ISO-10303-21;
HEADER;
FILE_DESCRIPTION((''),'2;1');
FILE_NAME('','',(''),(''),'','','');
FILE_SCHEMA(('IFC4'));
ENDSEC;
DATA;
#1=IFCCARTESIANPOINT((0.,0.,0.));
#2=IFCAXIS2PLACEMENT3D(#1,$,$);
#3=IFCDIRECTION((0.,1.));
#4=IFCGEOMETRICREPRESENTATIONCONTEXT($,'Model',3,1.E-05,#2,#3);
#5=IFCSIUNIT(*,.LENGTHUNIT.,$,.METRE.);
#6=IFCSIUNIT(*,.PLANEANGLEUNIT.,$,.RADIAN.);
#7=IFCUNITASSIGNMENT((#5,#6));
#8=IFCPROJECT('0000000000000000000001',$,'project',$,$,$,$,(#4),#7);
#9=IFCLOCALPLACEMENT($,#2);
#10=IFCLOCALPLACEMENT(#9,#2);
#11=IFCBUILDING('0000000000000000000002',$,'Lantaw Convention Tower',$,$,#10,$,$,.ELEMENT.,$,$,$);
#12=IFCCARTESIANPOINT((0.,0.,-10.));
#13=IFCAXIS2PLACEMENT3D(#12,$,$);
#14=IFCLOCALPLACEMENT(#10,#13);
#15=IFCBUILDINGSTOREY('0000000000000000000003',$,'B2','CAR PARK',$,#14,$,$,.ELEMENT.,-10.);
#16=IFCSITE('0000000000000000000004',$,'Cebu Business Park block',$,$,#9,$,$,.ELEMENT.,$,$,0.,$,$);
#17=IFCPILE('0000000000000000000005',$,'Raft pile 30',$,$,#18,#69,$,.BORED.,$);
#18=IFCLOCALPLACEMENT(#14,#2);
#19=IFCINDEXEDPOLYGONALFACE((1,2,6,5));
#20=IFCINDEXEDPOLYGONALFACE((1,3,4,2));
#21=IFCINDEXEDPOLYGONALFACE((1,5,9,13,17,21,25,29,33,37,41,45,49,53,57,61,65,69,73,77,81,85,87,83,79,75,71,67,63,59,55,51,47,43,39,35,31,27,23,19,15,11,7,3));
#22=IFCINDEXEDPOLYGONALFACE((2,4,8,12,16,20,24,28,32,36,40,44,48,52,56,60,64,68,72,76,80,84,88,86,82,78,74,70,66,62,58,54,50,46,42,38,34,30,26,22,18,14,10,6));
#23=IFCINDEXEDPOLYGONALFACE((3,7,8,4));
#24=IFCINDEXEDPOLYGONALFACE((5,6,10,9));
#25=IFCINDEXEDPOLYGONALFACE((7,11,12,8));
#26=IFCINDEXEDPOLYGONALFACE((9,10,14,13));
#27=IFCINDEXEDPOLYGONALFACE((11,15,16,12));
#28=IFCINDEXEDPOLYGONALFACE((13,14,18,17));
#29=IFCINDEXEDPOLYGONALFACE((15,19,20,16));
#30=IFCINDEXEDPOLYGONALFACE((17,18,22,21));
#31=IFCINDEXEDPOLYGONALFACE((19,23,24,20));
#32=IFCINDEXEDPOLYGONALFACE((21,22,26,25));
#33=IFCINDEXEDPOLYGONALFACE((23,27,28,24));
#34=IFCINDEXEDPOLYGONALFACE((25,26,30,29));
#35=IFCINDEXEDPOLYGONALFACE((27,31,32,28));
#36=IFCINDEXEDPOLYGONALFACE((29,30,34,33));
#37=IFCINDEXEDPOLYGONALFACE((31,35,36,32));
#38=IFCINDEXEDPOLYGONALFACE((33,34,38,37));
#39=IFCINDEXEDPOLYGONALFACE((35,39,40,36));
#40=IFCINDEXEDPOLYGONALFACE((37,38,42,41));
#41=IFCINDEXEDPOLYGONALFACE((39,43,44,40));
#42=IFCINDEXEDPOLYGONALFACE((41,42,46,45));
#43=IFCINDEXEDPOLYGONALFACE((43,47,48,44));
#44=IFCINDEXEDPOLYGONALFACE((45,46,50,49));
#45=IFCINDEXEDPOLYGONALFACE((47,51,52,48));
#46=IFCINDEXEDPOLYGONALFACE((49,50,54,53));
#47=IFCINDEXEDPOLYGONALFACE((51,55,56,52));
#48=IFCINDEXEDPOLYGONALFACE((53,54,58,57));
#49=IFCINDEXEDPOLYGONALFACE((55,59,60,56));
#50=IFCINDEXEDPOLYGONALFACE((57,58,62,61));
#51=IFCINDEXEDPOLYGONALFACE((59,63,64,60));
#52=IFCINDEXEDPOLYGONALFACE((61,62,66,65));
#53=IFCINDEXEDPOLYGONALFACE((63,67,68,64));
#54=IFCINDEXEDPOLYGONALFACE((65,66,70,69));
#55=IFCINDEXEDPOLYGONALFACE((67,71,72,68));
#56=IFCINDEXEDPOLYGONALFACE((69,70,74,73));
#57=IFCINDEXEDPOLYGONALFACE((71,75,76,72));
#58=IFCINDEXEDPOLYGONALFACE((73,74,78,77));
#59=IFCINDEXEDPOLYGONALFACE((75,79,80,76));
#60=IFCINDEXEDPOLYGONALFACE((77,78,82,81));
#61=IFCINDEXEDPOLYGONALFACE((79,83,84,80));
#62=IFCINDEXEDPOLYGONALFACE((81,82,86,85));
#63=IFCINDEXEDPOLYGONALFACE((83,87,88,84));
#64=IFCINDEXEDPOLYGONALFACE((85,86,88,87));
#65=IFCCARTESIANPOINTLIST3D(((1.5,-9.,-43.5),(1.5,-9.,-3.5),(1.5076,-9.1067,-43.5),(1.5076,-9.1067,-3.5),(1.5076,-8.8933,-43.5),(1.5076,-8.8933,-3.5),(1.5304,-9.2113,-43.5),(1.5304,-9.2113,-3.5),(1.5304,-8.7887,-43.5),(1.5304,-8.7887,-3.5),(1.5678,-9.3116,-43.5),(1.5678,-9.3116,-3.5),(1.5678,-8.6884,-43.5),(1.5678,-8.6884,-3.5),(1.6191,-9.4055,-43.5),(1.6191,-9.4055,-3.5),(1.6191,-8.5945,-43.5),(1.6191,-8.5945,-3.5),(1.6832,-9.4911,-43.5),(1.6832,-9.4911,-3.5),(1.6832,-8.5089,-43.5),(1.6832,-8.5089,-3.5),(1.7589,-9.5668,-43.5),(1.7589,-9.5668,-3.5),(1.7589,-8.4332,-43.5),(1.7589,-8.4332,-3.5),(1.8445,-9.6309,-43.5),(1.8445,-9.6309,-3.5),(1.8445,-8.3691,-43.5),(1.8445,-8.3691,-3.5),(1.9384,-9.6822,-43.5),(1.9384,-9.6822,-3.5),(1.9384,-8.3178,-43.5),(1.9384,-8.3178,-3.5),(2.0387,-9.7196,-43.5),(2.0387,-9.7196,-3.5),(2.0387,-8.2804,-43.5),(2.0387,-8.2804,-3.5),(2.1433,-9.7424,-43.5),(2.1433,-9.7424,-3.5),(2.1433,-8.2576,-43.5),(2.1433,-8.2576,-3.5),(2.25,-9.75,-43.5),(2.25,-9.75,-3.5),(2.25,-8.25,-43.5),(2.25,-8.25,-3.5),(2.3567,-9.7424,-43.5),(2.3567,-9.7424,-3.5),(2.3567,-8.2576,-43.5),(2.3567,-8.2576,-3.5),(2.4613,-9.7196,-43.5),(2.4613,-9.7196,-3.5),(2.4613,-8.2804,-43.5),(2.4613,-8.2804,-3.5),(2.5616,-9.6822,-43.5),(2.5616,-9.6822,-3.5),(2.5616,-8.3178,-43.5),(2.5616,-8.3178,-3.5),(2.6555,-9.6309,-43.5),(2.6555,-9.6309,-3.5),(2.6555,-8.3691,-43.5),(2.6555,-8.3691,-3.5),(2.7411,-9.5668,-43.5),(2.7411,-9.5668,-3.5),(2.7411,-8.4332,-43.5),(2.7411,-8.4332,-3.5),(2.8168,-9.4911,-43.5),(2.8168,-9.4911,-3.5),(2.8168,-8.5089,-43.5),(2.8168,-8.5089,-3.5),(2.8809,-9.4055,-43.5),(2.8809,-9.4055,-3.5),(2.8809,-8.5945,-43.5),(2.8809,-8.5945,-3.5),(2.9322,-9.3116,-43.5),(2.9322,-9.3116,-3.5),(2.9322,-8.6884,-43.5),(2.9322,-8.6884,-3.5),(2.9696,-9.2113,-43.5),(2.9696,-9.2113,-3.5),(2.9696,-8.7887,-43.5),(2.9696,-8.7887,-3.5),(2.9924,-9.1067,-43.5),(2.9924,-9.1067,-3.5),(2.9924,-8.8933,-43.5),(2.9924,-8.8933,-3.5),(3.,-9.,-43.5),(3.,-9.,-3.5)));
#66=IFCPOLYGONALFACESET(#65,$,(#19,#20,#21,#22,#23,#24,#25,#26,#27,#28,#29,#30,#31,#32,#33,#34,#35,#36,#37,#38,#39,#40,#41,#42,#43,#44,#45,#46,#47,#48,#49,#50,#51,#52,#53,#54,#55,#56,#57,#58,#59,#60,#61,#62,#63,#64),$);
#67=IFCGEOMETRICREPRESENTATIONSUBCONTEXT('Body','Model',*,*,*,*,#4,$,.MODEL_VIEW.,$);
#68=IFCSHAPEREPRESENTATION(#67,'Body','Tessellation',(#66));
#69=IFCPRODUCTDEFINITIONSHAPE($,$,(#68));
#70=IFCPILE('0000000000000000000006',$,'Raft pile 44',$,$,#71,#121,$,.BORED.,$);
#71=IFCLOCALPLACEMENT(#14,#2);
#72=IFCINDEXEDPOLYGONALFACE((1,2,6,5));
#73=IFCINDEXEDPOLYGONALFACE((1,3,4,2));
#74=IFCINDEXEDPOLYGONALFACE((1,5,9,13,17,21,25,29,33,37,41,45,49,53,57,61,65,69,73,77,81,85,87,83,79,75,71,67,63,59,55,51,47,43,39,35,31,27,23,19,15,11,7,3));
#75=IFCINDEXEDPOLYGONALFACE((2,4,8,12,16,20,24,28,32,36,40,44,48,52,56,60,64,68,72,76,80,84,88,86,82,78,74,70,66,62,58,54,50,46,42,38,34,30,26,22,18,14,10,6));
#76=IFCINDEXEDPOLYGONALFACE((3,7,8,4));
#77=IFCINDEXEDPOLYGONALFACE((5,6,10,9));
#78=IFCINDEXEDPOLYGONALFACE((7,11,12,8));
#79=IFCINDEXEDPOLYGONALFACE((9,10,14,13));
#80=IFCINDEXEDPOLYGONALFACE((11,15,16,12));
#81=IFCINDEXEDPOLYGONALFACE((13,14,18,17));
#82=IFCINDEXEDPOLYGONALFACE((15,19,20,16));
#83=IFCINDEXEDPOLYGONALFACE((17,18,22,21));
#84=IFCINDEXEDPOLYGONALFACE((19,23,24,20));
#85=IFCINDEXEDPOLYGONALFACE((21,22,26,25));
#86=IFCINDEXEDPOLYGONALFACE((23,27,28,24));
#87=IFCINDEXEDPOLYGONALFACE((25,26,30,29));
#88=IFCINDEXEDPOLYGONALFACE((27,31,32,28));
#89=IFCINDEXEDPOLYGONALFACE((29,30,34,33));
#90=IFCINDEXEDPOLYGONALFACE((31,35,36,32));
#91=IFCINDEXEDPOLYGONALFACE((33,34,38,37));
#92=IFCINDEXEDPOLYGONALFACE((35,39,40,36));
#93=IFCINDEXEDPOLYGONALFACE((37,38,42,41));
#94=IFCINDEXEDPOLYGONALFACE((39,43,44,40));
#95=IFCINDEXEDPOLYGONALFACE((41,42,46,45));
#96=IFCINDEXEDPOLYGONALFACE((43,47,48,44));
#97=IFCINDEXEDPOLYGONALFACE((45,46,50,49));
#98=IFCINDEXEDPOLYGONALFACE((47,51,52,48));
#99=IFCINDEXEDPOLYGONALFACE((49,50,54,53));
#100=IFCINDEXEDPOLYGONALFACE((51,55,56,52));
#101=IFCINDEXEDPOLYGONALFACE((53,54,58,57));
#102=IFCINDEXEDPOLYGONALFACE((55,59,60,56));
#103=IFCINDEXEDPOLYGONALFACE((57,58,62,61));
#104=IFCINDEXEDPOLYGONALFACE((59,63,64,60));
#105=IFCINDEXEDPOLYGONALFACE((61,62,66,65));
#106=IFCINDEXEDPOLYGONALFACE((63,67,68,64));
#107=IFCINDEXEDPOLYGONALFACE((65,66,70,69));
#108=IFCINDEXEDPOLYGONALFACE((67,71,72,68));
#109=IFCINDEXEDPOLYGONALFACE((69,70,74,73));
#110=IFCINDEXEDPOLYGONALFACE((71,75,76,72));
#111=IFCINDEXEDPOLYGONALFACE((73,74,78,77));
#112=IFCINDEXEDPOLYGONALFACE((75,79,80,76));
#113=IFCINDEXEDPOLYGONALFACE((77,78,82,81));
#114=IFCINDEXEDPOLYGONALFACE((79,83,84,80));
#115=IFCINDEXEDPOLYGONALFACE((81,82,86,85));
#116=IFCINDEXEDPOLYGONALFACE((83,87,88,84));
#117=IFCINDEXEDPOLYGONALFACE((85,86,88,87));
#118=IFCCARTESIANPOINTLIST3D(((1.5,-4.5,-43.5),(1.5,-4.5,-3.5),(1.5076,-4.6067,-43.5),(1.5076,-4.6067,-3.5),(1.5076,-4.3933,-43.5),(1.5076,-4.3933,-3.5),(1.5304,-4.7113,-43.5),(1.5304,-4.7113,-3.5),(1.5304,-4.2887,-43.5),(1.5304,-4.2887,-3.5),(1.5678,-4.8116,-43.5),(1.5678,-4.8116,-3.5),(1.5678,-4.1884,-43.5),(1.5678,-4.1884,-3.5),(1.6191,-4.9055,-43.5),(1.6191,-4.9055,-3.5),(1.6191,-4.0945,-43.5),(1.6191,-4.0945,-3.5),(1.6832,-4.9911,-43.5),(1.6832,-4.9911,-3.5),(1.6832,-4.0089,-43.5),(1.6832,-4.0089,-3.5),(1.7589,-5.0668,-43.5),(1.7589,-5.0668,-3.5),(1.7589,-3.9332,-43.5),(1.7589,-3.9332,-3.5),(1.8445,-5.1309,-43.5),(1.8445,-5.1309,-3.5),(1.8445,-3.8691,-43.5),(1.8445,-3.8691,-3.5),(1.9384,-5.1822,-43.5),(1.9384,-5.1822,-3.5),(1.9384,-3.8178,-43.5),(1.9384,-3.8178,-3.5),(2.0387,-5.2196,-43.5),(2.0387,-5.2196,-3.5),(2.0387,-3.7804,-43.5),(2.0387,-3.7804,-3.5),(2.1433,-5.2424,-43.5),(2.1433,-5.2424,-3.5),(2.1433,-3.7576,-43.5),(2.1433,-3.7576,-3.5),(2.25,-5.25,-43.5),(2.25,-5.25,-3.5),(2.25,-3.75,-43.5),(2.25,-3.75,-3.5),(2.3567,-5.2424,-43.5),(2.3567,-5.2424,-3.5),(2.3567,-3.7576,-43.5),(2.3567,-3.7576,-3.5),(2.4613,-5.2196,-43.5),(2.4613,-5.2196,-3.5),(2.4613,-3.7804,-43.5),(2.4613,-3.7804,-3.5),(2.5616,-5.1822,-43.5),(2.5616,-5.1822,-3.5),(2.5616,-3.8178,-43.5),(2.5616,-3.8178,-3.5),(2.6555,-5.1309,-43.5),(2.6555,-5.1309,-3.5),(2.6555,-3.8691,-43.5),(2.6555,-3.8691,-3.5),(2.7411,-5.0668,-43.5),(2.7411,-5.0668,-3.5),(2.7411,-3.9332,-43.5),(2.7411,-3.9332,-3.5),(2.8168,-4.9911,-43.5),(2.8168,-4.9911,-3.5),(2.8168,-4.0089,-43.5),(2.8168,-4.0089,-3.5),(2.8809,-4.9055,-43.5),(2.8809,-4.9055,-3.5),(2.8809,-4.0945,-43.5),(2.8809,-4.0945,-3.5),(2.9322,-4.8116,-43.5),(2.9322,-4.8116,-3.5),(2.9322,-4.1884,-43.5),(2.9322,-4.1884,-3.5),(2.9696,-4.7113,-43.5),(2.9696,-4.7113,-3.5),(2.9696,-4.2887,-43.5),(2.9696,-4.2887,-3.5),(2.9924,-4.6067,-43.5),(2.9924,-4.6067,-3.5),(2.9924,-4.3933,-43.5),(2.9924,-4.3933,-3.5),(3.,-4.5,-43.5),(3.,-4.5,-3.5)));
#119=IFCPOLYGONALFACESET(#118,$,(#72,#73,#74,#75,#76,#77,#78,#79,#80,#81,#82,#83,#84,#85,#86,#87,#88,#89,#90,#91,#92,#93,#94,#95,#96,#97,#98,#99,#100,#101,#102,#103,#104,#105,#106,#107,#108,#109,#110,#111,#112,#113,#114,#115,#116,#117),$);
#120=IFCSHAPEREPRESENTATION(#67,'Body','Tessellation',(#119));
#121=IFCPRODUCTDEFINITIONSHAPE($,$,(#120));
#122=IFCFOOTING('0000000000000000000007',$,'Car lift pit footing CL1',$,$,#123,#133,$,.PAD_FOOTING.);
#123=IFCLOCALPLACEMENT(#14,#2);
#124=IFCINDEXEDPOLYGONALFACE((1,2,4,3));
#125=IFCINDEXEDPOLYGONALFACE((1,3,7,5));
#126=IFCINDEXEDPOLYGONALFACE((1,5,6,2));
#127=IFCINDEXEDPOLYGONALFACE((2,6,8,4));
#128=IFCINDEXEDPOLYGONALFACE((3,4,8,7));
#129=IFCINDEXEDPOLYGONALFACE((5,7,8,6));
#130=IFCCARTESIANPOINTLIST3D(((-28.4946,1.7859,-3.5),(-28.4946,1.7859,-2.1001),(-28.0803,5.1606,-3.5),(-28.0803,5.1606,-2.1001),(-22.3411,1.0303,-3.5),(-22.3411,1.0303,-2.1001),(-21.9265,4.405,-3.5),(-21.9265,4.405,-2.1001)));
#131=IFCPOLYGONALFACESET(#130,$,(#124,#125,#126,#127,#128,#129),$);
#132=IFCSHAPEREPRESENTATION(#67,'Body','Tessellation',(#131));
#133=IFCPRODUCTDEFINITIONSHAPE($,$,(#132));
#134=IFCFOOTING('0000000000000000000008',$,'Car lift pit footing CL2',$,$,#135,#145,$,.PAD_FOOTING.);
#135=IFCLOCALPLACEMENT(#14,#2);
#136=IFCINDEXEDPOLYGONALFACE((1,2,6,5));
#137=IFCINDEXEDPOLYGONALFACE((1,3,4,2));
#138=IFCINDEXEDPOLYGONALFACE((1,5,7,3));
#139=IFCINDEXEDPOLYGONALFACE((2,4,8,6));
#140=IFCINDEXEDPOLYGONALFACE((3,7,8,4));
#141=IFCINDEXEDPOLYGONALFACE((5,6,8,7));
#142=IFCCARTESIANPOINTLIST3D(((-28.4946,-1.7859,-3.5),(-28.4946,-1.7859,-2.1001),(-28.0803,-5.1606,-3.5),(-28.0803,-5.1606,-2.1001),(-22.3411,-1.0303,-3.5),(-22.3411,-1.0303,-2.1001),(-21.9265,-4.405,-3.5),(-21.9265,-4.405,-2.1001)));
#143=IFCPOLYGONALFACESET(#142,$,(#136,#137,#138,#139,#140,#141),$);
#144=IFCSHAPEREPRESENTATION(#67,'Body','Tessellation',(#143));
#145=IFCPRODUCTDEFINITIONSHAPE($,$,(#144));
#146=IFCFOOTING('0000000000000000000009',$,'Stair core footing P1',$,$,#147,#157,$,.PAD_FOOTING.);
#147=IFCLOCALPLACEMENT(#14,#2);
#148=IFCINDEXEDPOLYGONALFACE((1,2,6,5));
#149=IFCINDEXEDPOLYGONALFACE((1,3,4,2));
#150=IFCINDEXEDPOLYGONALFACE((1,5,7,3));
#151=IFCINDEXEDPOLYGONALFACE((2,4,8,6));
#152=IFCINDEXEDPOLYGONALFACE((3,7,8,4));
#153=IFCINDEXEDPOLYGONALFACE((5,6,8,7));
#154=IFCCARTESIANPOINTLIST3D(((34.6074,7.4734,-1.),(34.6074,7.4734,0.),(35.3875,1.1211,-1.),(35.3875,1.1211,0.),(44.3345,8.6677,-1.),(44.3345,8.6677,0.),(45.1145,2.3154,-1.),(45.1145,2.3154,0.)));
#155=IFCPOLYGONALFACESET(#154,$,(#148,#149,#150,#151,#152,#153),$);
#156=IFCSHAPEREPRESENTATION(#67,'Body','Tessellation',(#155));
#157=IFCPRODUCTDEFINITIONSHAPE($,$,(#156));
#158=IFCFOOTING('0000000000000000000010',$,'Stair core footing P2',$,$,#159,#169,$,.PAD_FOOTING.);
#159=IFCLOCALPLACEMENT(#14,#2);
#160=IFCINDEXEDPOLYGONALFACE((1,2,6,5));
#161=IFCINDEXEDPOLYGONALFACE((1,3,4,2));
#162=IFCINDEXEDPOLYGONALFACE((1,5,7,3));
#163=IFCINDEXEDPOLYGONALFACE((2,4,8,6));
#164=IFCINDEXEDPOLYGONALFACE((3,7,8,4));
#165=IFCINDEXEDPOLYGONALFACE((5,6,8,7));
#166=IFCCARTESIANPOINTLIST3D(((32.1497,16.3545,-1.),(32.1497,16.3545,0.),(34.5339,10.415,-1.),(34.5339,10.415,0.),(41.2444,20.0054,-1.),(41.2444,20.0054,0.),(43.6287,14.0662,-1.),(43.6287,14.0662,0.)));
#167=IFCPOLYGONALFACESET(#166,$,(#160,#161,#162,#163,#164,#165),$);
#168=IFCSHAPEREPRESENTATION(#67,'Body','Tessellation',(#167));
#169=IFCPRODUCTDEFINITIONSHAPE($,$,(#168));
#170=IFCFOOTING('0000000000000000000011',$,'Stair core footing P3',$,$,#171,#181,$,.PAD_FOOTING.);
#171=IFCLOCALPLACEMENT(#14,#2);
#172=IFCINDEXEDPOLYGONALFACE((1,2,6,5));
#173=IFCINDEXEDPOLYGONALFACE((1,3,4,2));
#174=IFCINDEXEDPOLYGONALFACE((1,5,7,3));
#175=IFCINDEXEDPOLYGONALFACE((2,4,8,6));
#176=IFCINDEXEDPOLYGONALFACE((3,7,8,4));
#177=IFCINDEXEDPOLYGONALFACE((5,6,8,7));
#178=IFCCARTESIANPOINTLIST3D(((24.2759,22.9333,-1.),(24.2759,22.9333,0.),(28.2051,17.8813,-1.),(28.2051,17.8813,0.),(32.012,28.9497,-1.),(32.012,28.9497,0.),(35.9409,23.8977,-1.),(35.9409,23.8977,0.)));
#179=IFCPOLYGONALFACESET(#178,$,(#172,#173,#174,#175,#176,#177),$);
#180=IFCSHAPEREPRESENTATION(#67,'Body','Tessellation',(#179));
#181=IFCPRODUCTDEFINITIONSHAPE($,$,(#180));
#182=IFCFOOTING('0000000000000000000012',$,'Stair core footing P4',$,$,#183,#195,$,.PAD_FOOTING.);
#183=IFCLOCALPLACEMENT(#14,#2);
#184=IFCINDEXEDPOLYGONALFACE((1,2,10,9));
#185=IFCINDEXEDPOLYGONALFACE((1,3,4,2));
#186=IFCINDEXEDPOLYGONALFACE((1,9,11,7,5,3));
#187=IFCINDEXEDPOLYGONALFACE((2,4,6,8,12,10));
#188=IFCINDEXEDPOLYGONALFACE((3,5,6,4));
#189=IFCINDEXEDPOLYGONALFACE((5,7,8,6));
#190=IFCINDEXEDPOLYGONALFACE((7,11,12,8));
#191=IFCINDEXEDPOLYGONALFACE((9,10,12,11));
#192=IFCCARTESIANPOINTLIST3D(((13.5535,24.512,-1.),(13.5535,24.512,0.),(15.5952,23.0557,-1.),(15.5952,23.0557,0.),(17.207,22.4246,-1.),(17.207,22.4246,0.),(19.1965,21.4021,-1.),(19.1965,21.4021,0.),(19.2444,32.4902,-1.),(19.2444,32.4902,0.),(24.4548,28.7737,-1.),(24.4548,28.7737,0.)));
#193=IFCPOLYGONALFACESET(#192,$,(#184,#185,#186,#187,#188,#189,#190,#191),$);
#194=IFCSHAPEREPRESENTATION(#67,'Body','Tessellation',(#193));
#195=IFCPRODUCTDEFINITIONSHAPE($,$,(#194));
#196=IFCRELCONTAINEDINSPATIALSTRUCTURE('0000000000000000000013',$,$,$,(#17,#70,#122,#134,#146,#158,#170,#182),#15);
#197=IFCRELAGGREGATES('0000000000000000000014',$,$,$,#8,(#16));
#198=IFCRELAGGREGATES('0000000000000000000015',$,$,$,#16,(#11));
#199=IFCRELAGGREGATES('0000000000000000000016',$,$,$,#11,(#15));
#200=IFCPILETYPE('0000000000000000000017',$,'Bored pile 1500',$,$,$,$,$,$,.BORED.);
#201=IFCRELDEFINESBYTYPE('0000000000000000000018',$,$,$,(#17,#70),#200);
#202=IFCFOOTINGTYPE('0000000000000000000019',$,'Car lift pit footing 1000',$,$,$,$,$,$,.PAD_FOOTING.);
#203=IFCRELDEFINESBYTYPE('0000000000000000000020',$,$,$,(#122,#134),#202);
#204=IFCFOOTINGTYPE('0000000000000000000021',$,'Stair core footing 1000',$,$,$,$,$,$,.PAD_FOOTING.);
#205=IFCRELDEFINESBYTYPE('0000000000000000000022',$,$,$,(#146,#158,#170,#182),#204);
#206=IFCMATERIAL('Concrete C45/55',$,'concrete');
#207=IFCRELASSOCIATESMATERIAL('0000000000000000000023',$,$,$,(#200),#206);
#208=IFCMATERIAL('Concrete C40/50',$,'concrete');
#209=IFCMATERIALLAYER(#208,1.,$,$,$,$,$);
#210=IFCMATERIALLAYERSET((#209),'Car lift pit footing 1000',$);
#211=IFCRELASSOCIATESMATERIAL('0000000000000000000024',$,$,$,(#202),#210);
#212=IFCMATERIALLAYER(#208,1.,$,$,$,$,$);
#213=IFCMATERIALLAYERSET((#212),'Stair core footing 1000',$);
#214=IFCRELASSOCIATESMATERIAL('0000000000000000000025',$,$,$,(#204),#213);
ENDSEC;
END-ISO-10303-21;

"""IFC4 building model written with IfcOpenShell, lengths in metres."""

from ifc_helpers import new_model, si_unit, direction, frame, origin, origin_2d, place, context, subcontext, project, spatial, polyline, circle, outline, extrude, material, layer, layer_set, material_profile, profile_set, type_object, element, save


model = new_model("IFC4")

# Units and contexts
model_context = context("Model", 3, precision=1e-05, world=origin(), true_north=direction((0.0, 1.0)))
body_context = subcontext(model_context, "Body", "Model", "MODEL_VIEW")
ifc_project = project(units=[si_unit("LENGTHUNIT", "METRE"), si_unit("PLANEANGLEUNIT", "RADIAN")], contexts=[model_context])

# Site, building, storey
site_placement = place(None, origin())
site = spatial("IfcSite", under=ifc_project, at=site_placement, Name="Cebu Business Park block", CompositionType="ELEMENT", RefElevation=0.0)
building_placement = place(site_placement, origin())
building = spatial("IfcBuilding", under=site, at=building_placement, Name="Lantaw Convention Tower", CompositionType="ELEMENT")
storey_placement = place(building_placement, frame((0.0, 0.0, -10.0)))
storey = spatial("IfcBuildingStorey", under=building, at=storey_placement, Name="B2", Description="CAR PARK", CompositionType="ELEMENT", Elevation=-10.0)

# Piles
ifc_material_1 = material(Name="Concrete C45/55", Category="concrete")
ifc_material_profile_1 = material_profile(ifc_material_1, circle(Radius=0.75, at=origin_2d()), Name="Bored pile 1500")
ifc_profile_set_1 = profile_set([ifc_material_profile_1], Name="Concrete C45/55")
pile_type_1 = type_object("IfcPileType", Name="Bored pile 1500", PredefinedType="BORED", material=ifc_profile_set_1)
for number, where, z_axis, x_axis, name in (
    (1, (2.25, -9.0, -3.5), (0.0, 0.0, -1.0), (1.0, 0.0, 0.0), "Raft pile 30"),
    (2, (2.25, -4.5, -3.5), (0.0, 0.0, -1.0), (1.0, 0.0, 0.0), "Raft pile 44"),
):
    element("IfcPile", number, at=place(storey_placement, frame(where, z_axis=z_axis, x_axis=x_axis)), inside=storey, type_object=pile_type_1, Name=name, PredefinedType="BORED", context=body_context, shape_type="SweptSolid", body=[
        extrude(circle(Radius=0.75, at=origin_2d()), origin(), (0.0, 0.0, 1.0), 40.0),
    ])

# Footings
ifc_material_2 = material(Name="Concrete C40/50", Category="concrete")
ifc_layer_1 = layer(ifc_material_2, 1.0)
ifc_layer_set_1 = layer_set([ifc_layer_1], Name="Car lift pit footing 1000")
footing_type_1 = type_object("IfcFootingType", Name="Car lift pit footing 1000", PredefinedType="PAD_FOOTING", material=ifc_layer_set_1)
footing_1_placement = place(storey_placement, frame((0.0, 0.0, -3.5)))
element("IfcFooting", 3, at=footing_1_placement, inside=storey, type_object=footing_type_1, Name="Car lift pit footing CL1", PredefinedType="PAD_FOOTING", context=body_context, shape_type="SweptSolid", body=[
    extrude(outline(polyline([(-21.9265, 4.405), (-28.0803, 5.1606), (-28.4946, 1.7859), (-22.3411, 1.0303), (-21.9265, 4.405)])), origin(), (0.0, 0.0, 1.0), 1.3999),
])
footing_2_placement = place(storey_placement, frame((0.0, 0.0, -3.5)))
element("IfcFooting", 4, at=footing_2_placement, inside=storey, type_object=footing_type_1, Name="Car lift pit footing CL2", PredefinedType="PAD_FOOTING", context=body_context, shape_type="SweptSolid", body=[
    extrude(outline(polyline([(-22.3411, -1.0303), (-28.4946, -1.7859), (-28.0803, -5.1606), (-21.9265, -4.405), (-22.3411, -1.0303)])), origin(), (0.0, 0.0, 1.0), 1.3999),
])
ifc_layer_2 = layer(ifc_material_2, 1.0)
ifc_layer_set_2 = layer_set([ifc_layer_2], Name="Stair core footing 1000")
footing_type_2 = type_object("IfcFootingType", Name="Stair core footing 1000", PredefinedType="PAD_FOOTING", material=ifc_layer_set_2)
footing_3_placement = place(storey_placement, frame((0.0, 0.0, -1.0)))
element("IfcFooting", 5, at=footing_3_placement, inside=storey, type_object=footing_type_2, Name="Stair core footing P1", PredefinedType="PAD_FOOTING", context=body_context, shape_type="SweptSolid", body=[
    extrude(outline(polyline([(34.6074, 7.4734), (35.3875, 1.1211), (45.1145, 2.3154), (44.3345, 8.6677), (34.6074, 7.4734)])), origin(), (0.0, 0.0, 1.0), 1.0),
])
footing_4_placement = place(storey_placement, frame((0.0, 0.0, -1.0)))
element("IfcFooting", 6, at=footing_4_placement, inside=storey, type_object=footing_type_2, Name="Stair core footing P2", PredefinedType="PAD_FOOTING", context=body_context, shape_type="SweptSolid", body=[
    extrude(outline(polyline([(32.1497, 16.3545), (34.5339, 10.415), (43.6287, 14.0662), (41.2444, 20.0054), (32.1497, 16.3545)])), origin(), (0.0, 0.0, 1.0), 1.0),
])
footing_5_placement = place(storey_placement, frame((0.0, 0.0, -1.0)))
element("IfcFooting", 7, at=footing_5_placement, inside=storey, type_object=footing_type_2, Name="Stair core footing P3", PredefinedType="PAD_FOOTING", context=body_context, shape_type="SweptSolid", body=[
    extrude(outline(polyline([(24.2759, 22.9333), (28.2051, 17.8813), (35.9409, 23.8977), (32.012, 28.9497), (24.2759, 22.9333)])), origin(), (0.0, 0.0, 1.0), 1.0),
])
footing_6_placement = place(storey_placement, frame((0.0, 0.0, -1.0)))
element("IfcFooting", 8, at=footing_6_placement, inside=storey, type_object=footing_type_2, Name="Stair core footing P4", PredefinedType="PAD_FOOTING", context=body_context, shape_type="SweptSolid", body=[
    extrude(outline(polyline([(13.5535, 24.512), (15.5952, 23.0557), (17.207, 22.4246), (19.1965, 21.4021), (24.4548, 28.7737), (19.2444, 32.4902), (13.5535, 24.512)])), origin(), (0.0, 0.0, 1.0), 1.0),
])

save(model, "model.ifc")
